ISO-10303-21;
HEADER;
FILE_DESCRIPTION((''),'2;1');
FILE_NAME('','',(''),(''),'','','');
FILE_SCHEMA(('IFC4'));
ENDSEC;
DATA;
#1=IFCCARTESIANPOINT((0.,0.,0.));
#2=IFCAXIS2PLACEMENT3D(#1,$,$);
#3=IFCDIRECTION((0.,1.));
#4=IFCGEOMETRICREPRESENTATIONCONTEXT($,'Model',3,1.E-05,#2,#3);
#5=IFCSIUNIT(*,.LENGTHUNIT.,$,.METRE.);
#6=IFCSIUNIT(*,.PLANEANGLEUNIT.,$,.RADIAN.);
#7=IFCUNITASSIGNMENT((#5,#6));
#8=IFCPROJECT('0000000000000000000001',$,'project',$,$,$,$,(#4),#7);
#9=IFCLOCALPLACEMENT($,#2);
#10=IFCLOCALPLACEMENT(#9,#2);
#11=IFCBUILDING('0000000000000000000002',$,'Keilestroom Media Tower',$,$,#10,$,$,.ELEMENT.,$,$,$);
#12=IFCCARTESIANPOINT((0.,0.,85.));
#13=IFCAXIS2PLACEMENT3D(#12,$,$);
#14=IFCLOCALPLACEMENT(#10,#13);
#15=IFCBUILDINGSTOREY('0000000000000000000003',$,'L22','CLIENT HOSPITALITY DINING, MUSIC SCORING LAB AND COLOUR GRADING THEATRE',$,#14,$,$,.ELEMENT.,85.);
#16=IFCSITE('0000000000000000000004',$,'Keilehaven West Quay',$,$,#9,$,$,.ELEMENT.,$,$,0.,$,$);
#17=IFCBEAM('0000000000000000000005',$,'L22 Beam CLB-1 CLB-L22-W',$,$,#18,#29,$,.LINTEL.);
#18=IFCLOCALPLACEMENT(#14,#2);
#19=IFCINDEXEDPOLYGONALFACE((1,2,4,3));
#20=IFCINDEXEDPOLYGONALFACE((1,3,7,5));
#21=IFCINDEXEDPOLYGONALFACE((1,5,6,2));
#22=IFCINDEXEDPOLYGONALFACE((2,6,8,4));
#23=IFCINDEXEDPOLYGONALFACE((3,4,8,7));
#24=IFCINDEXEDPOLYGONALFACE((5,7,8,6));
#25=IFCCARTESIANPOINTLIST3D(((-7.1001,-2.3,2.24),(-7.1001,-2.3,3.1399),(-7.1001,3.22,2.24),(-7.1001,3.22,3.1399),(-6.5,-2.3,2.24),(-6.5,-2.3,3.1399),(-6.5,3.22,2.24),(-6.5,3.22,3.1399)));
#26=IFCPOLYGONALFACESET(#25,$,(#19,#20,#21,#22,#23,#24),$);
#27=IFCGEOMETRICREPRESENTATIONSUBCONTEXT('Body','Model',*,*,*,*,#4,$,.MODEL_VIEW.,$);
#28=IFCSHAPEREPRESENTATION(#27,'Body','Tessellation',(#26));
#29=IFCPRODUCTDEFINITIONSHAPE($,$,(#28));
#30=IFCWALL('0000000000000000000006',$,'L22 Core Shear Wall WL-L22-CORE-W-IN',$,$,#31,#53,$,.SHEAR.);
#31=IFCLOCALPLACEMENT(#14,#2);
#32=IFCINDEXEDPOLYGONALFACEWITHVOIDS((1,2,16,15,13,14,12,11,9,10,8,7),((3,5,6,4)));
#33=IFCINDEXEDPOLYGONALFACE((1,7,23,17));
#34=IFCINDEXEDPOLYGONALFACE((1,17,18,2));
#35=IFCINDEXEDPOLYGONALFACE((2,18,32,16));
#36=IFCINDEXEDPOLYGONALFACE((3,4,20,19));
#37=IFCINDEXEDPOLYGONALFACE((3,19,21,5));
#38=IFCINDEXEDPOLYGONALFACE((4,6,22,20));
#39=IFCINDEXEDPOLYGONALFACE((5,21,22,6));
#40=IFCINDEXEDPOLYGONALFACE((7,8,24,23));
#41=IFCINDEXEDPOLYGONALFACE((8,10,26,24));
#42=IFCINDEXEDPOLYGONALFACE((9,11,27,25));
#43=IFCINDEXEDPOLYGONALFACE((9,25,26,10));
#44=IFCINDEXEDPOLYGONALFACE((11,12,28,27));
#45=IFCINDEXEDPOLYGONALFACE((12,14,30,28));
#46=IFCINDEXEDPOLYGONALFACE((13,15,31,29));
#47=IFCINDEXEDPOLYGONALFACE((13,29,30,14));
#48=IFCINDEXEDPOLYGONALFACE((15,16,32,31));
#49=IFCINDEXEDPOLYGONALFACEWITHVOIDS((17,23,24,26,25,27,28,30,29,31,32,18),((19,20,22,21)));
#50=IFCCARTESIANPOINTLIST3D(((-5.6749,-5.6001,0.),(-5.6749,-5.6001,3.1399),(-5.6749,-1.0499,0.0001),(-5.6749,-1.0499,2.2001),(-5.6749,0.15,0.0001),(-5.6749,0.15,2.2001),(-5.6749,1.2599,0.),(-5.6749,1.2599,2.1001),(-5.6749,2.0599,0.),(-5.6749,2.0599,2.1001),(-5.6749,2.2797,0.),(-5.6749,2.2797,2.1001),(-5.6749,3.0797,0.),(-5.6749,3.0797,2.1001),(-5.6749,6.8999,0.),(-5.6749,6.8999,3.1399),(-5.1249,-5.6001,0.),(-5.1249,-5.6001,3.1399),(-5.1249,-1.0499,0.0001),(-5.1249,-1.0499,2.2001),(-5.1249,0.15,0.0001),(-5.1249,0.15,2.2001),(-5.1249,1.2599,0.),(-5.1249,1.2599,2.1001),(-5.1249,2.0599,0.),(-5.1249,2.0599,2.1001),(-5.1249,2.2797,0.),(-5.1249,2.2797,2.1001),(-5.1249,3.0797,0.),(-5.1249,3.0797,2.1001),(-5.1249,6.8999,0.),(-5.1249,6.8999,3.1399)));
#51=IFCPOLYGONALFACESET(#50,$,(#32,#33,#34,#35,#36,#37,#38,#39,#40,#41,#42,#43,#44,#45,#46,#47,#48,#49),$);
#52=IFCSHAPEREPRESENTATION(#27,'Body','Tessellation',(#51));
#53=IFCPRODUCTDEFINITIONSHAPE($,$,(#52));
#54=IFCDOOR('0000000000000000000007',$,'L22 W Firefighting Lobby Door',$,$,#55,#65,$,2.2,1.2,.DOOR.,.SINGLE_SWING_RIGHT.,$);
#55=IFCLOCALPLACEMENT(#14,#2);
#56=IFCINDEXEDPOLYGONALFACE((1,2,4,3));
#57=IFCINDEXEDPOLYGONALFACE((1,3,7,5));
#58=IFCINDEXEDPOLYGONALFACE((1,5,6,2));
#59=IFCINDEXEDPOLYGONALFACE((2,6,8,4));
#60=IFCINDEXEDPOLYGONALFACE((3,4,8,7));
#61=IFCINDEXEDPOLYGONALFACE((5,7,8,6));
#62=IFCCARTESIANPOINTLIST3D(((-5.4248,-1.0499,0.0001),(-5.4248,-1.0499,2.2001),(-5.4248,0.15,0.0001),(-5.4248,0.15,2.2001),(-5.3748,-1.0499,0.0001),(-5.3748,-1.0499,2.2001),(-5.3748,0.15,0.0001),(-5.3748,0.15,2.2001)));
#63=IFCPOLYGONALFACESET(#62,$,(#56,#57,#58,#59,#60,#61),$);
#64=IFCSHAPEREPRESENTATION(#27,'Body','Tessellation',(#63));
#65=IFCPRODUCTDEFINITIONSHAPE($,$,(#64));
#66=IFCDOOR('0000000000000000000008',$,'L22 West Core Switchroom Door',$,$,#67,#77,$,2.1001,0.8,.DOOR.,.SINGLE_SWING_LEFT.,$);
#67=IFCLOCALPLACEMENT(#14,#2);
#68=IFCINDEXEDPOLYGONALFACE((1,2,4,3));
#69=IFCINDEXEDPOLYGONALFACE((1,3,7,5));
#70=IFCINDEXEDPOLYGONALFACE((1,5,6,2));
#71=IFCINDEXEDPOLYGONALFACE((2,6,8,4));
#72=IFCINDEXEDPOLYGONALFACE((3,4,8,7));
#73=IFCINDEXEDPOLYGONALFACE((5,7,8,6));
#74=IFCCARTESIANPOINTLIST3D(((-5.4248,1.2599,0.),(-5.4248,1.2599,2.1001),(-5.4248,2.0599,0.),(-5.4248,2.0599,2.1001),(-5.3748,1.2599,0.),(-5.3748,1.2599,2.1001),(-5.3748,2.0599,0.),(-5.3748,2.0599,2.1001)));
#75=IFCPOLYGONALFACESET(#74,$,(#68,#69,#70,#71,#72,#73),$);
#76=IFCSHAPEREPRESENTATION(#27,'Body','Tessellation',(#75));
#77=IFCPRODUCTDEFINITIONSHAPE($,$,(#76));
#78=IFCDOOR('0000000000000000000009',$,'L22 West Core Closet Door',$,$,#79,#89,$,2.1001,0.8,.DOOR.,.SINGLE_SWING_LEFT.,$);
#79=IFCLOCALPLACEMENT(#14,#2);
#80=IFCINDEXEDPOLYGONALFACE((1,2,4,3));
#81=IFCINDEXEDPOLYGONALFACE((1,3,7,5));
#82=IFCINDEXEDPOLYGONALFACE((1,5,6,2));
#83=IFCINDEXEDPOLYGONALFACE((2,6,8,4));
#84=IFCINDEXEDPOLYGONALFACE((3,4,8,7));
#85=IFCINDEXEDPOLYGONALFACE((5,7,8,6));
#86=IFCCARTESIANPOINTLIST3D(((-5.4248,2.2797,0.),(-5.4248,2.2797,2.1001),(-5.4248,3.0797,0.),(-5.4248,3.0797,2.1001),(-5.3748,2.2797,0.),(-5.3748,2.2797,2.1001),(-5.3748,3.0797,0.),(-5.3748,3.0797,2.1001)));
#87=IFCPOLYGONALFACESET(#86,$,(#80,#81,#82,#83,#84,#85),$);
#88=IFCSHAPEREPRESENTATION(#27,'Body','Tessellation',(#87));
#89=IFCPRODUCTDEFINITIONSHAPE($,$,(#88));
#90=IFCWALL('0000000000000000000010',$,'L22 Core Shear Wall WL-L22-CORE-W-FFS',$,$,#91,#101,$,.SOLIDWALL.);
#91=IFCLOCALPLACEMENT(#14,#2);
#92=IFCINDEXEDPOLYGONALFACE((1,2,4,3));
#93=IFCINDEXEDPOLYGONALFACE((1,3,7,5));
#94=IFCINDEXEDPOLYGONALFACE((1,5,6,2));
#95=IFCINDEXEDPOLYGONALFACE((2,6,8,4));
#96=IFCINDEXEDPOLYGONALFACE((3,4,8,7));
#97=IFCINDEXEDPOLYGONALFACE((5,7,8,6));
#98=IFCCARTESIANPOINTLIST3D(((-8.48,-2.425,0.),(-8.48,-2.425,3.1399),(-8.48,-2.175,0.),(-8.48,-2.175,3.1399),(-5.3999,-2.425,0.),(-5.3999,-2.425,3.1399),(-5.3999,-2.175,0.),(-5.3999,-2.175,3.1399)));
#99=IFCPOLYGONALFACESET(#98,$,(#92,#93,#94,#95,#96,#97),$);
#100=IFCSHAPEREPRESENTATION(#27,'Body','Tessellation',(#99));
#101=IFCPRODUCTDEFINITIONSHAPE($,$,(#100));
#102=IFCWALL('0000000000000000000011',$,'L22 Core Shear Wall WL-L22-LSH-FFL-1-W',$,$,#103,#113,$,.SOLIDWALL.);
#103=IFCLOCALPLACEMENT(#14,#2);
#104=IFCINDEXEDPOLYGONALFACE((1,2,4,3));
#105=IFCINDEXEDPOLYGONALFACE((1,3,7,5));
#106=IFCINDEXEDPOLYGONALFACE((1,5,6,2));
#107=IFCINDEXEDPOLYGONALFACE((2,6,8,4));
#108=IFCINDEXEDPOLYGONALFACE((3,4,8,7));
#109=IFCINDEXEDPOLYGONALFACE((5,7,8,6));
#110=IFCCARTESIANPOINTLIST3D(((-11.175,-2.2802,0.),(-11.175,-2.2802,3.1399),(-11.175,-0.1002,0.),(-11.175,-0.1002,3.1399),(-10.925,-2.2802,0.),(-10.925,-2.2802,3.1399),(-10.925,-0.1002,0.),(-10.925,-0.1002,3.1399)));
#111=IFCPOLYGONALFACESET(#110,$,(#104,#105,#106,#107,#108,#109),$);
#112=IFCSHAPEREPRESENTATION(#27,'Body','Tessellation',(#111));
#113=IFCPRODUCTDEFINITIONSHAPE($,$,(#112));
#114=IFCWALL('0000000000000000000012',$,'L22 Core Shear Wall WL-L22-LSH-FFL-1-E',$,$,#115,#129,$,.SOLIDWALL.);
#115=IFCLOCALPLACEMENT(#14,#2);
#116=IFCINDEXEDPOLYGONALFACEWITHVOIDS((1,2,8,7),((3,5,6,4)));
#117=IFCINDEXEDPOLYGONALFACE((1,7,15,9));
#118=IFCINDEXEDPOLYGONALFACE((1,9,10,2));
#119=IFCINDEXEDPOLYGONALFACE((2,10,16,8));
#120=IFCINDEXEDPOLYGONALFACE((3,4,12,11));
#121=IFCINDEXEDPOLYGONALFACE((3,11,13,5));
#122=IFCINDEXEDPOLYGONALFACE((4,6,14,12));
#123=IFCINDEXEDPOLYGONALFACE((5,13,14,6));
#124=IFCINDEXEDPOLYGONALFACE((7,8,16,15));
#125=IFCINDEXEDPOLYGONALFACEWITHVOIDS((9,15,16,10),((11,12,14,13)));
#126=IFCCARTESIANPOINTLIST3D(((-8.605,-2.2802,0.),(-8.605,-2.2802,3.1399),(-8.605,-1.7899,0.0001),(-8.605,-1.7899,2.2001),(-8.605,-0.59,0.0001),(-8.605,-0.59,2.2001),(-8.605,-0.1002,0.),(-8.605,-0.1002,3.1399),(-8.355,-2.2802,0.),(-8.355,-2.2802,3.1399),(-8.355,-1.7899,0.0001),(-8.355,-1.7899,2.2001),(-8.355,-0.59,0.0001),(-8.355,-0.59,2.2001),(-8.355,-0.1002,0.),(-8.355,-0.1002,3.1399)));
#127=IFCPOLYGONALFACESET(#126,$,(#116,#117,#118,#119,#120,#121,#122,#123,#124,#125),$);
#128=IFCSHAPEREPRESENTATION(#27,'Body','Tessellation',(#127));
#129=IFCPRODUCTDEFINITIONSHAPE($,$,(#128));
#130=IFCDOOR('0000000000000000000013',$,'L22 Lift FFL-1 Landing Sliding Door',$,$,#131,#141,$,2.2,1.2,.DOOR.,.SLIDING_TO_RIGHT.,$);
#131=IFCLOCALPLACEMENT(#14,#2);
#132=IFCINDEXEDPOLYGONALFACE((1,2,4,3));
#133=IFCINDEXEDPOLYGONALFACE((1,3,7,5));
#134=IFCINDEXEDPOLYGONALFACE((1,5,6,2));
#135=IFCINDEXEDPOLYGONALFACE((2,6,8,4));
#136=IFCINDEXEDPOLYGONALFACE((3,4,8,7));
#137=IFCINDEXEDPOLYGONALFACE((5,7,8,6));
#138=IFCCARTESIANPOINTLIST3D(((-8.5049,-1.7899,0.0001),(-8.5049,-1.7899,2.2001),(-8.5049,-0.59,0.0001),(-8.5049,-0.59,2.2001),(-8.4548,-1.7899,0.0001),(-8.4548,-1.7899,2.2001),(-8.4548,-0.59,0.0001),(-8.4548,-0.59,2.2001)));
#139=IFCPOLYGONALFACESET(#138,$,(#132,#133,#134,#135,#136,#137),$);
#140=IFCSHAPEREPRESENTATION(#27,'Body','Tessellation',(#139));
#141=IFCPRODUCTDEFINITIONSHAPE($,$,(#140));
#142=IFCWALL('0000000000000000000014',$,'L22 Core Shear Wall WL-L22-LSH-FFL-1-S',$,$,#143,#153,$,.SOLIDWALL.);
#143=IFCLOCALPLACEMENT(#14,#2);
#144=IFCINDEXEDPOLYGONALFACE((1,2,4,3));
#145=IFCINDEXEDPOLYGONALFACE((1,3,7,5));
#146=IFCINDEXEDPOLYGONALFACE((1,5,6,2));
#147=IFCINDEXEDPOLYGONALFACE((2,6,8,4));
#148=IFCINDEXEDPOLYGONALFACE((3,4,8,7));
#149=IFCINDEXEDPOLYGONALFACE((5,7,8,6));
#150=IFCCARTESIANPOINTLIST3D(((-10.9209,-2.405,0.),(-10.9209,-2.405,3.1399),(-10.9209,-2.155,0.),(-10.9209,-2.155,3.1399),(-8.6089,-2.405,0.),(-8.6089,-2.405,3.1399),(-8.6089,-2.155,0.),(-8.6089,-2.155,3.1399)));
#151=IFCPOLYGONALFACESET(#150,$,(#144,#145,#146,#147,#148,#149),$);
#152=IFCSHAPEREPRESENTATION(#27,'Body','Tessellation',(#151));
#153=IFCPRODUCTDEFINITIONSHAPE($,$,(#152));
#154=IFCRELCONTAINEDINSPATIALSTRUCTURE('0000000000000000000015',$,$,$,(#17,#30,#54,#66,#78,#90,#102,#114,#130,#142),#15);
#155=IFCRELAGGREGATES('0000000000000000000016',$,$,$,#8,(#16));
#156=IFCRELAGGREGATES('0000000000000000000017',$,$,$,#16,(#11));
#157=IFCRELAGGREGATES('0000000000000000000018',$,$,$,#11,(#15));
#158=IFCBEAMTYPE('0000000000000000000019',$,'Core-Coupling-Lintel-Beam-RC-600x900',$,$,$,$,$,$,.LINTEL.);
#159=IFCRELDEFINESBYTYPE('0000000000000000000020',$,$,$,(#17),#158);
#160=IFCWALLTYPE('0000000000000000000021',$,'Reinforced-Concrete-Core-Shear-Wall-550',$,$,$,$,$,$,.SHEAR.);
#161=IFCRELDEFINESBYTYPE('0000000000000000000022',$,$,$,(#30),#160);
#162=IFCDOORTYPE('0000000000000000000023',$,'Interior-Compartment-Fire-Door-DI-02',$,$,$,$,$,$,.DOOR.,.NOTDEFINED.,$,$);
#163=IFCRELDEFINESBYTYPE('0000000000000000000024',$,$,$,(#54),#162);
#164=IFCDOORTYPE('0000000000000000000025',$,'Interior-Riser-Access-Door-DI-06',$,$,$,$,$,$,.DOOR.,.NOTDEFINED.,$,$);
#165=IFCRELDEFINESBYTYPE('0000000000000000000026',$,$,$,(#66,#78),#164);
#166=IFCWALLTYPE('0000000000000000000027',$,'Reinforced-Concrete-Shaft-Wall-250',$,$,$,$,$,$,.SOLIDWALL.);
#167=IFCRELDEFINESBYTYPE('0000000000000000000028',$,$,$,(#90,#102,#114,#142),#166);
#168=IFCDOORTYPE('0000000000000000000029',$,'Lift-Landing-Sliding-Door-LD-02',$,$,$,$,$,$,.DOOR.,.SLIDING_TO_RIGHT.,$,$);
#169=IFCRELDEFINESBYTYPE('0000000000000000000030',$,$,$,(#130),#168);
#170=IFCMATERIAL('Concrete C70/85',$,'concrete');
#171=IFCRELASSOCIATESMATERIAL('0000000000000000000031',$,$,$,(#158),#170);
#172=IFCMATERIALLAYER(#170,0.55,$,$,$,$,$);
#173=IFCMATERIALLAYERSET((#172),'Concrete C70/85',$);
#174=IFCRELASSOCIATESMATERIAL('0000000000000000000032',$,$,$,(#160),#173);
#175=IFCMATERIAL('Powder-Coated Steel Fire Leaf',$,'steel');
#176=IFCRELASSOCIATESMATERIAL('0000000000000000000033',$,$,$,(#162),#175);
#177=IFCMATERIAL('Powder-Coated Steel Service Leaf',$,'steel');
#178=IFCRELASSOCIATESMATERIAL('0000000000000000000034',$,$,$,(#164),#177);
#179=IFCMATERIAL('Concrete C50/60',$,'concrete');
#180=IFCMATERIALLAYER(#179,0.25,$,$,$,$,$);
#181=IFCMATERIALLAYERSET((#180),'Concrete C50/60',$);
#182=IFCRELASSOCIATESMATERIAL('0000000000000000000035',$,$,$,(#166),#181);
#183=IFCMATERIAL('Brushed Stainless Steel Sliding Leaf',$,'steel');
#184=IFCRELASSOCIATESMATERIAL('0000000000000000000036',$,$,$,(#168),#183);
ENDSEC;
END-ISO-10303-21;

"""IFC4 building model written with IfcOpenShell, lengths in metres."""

from ifc_helpers import new_model, si_unit, direction, frame, frame_2d, origin, origin_2d, place, context, subcontext, project, spatial, rectangle, extrude, source, transform, mapped, material, layer, layer_set, material_profile, profile_set, type_object, element, fill, save


model = new_model("IFC4")

# Units and contexts
model_context = context("Model", 3, precision=1e-05, world=origin(), true_north=direction((0.0, 1.0)))
body_context = subcontext(model_context, "Body", "Model", "MODEL_VIEW")
ifc_project = project(units=[si_unit("LENGTHUNIT", "METRE"), si_unit("PLANEANGLEUNIT", "RADIAN")], contexts=[model_context])

# Site, building, storey
site_placement = place(None, origin())
site = spatial("IfcSite", under=ifc_project, at=site_placement, Name="Keilehaven West Quay", CompositionType="ELEMENT", RefElevation=0.0)
building_placement = place(site_placement, origin())
building = spatial("IfcBuilding", under=site, at=building_placement, Name="Keilestroom Media Tower", CompositionType="ELEMENT")
storey_placement = place(building_placement, frame((0.0, 0.0, 85.0)))
storey = spatial("IfcBuildingStorey", under=building, at=storey_placement, Name="L22", Description="CLIENT HOSPITALITY DINING, MUSIC SCORING LAB AND COLOUR GRADING THEATRE", CompositionType="ELEMENT", Elevation=85.0)

# Beam
ifc_material_1 = material(Name="Concrete C70/85", Category="concrete")
ifc_material_profile = material_profile(ifc_material_1, rectangle(XDim=0.6001, YDim=0.8999, at=origin_2d()), Name="RC 600x900")
ifc_profile_set = profile_set([ifc_material_profile], Name="Concrete C70/85")
beam_type = type_object("IfcBeamType", Name="Core-Coupling-Lintel-Beam-RC-600x900", PredefinedType="LINTEL", material=ifc_profile_set)
shared_shape_1 = source(origin(), body_context, "Body", "SweptSolid", [
    extrude(rectangle(XDim=0.6001, YDim=0.8999, at=origin_2d()), origin(), (0.0, 0.0, 1.0), 5.52),
])
beam_placement = place(storey_placement, frame((-6.8, -2.3, 2.6899), z_axis=(0.0, 1.0, 0.0), x_axis=(-1.0, 0.0, 0.0)))
element("IfcBeam", 1, at=beam_placement, inside=storey, type_object=beam_type, Name="L22 Beam CLB-1 CLB-L22-W", PredefinedType="LINTEL", context=body_context, shape_type="MappedRepresentation", body=[
    mapped(shared_shape_1, transform((0.0, 0.0, 0.0), x_axis=(1.0, 0.0, 0.0), y_axis=(0.0, 1.0, 0.0), z_axis=(0.0, 0.0, 1.0), scale=1.0)),
])

# Wall, openings, doors
ifc_layer_1 = layer(ifc_material_1, 0.55)
ifc_layer_set_1 = layer_set([ifc_layer_1], Name="Concrete C70/85")
wall_type_1 = type_object("IfcWallType", Name="Reinforced-Concrete-Core-Shear-Wall-550", PredefinedType="SHEAR", material=ifc_layer_set_1)
wall_1_placement = place(storey_placement, frame((-5.3999, -5.6001, 0.0), z_axis=(0.0, 0.0, 1.0), x_axis=(0.0, 1.0, 0.0)))
wall_1 = element("IfcWall", 2, at=wall_1_placement, inside=storey, type_object=wall_type_1, Name="L22 Core Shear Wall WL-L22-CORE-W-IN", PredefinedType="SHEAR", context=body_context, shape_type="SweptSolid", body=[
    extrude(rectangle(XDim=12.5, YDim=0.55, at=frame_2d((6.25, 0.0))), origin(), (0.0, 0.0, 1.0), 3.1399),
])
opening_1_placement = place(wall_1_placement, frame((4.55, 0.0, 0.0)))
opening_1 = element("IfcOpeningElement", 3, at=opening_1_placement, cuts=wall_1, PredefinedType="OPENING", context=body_context, shape_type="SweptSolid", body=[
    extrude(rectangle(XDim=1.2, YDim=2.2, at=frame_2d((0.6001, 1.1001))), frame((0.0, 0.2852, 0.0), z_axis=(0.0, -1.0, 0.0), x_axis=(1.0, 0.0, 0.0)), (0.0, 0.0, 1.0), 0.5701),
])
opening_2_placement = place(wall_1_placement, frame((6.8601, 0.0, 0.0)))
opening_2 = element("IfcOpeningElement", 4, at=opening_2_placement, cuts=wall_1, PredefinedType="OPENING", context=body_context, shape_type="SweptSolid", body=[
    extrude(rectangle(XDim=0.8, YDim=2.1001, at=frame_2d((0.3999, 1.05))), frame((0.0, 0.2852, 0.0), z_axis=(0.0, -1.0, 0.0), x_axis=(1.0, 0.0, 0.0)), (0.0, 0.0, 1.0), 0.5701),
])
opening_3_placement = place(wall_1_placement, frame((7.8799, 0.0, 0.0)))
opening_3 = element("IfcOpeningElement", 5, at=opening_3_placement, cuts=wall_1, PredefinedType="OPENING", context=body_context, shape_type="SweptSolid", body=[
    extrude(rectangle(XDim=0.8, YDim=2.1001, at=frame_2d((0.3999, 1.05))), frame((0.0, 0.2852, 0.0), z_axis=(0.0, -1.0, 0.0), x_axis=(1.0, 0.0, 0.0)), (0.0, 0.0, 1.0), 0.5701),
])
ifc_material_2 = material(Name="Powder-Coated Steel Fire Leaf", Category="steel")
door_type_1 = type_object("IfcDoorType", Name="Interior-Compartment-Fire-Door-DI-02", OperationType="NOTDEFINED", PredefinedType="DOOR", material=ifc_material_2)
shared_shape_2 = source(origin(), body_context, "Body", "SweptSolid", [
    extrude(rectangle(XDim=1.2, YDim=2.2, at=frame_2d((0.6001, 1.1001))), frame((0.0, 0.0249, 0.0), z_axis=(0.0, -1.0, 0.0), x_axis=(1.0, 0.0, 0.0)), (0.0, 0.0, 1.0), 0.05),
])
door_1_placement = place(opening_1_placement, origin())
door_1 = element("IfcDoor", 6, at=door_1_placement, inside=storey, type_object=door_type_1, Name="L22 W Firefighting Lobby Door", OperationType="SINGLE_SWING_RIGHT", OverallHeight=2.2, OverallWidth=1.2, PredefinedType="DOOR", context=body_context, shape_type="MappedRepresentation", body=[
    mapped(shared_shape_2, transform((0.0, 0.0, 0.0), x_axis=(1.0, 0.0, 0.0), y_axis=(0.0, 1.0, 0.0), z_axis=(0.0, 0.0, 1.0), scale=1.0)),
])
fill(opening_1, door_1)
ifc_material_3 = material(Name="Powder-Coated Steel Service Leaf", Category="steel")
door_type_2 = type_object("IfcDoorType", Name="Interior-Riser-Access-Door-DI-06", OperationType="NOTDEFINED", PredefinedType="DOOR", material=ifc_material_3)
shared_shape_3 = source(origin(), body_context, "Body", "SweptSolid", [
    extrude(rectangle(XDim=0.8, YDim=2.1001, at=frame_2d((0.3999, 1.05))), frame((0.0, 0.0249, 0.0), z_axis=(0.0, -1.0, 0.0), x_axis=(1.0, 0.0, 0.0)), (0.0, 0.0, 1.0), 0.05),
])
door_2_placement = place(opening_2_placement, origin())
door_2 = element("IfcDoor", 7, at=door_2_placement, inside=storey, type_object=door_type_2, Name="L22 West Core Switchroom Door", OperationType="SINGLE_SWING_LEFT", OverallHeight=2.1001, OverallWidth=0.8, PredefinedType="DOOR", context=body_context, shape_type="MappedRepresentation", body=[
    mapped(shared_shape_3, transform((0.0, 0.0, 0.0), x_axis=(1.0, 0.0, 0.0), y_axis=(0.0, 1.0, 0.0), z_axis=(0.0, 0.0, 1.0), scale=1.0)),
])
fill(opening_2, door_2)
door_3_placement = place(opening_3_placement, origin())
door_3 = element("IfcDoor", 8, at=door_3_placement, inside=storey, type_object=door_type_2, Name="L22 West Core Closet Door", OperationType="SINGLE_SWING_LEFT", OverallHeight=2.1001, OverallWidth=0.8, PredefinedType="DOOR", context=body_context, shape_type="MappedRepresentation", body=[
    mapped(shared_shape_3, transform((0.0, 0.0, 0.0), x_axis=(1.0, 0.0, 0.0), y_axis=(0.0, 1.0, 0.0), z_axis=(0.0, 0.0, 1.0), scale=1.0)),
])
fill(opening_3, door_3)

# Walls
ifc_material_4 = material(Name="Concrete C50/60", Category="concrete")
ifc_layer_2 = layer(ifc_material_4, 0.25)
ifc_layer_set_2 = layer_set([ifc_layer_2], Name="Concrete C50/60")
wall_type_2 = type_object("IfcWallType", Name="Reinforced-Concrete-Shaft-Wall-250", PredefinedType="SOLIDWALL", material=ifc_layer_set_2)
wall_2_placement = place(storey_placement, frame((-8.48, -2.3, 0.0), z_axis=(0.0, 0.0, 1.0), x_axis=(1.0, 0.0, 0.0)))
element("IfcWall", 9, at=wall_2_placement, inside=storey, type_object=wall_type_2, Name="L22 Core Shear Wall WL-L22-CORE-W-FFS", PredefinedType="SOLIDWALL", context=body_context, shape_type="SweptSolid", body=[
    extrude(rectangle(XDim=3.0801, YDim=0.25, at=frame_2d((1.54, 0.0))), origin(), (0.0, 0.0, 1.0), 3.1399),
])
wall_3_placement = place(storey_placement, frame((-11.05, -2.28, 0.0), z_axis=(0.0, 0.0, 1.0), x_axis=(0.0, 1.0, 0.0)))
element("IfcWall", 10, at=wall_3_placement, inside=storey, type_object=wall_type_2, Name="L22 Core Shear Wall WL-L22-LSH-FFL-1-W", PredefinedType="SOLIDWALL", context=body_context, shape_type="SweptSolid", body=[
    extrude(rectangle(XDim=2.1799, YDim=0.25, at=frame_2d((1.0898, 0.0))), origin(), (0.0, 0.0, 1.0), 3.1399),
])

# Wall, opening, door
wall_4_placement = place(storey_placement, frame((-8.48, -2.28, 0.0), z_axis=(0.0, 0.0, 1.0), x_axis=(0.0, 1.0, 0.0)))
wall_4 = element("IfcWall", 11, at=wall_4_placement, inside=storey, type_object=wall_type_2, Name="L22 Core Shear Wall WL-L22-LSH-FFL-1-E", PredefinedType="SOLIDWALL", context=body_context, shape_type="SweptSolid", body=[
    extrude(rectangle(XDim=2.1799, YDim=0.25, at=frame_2d((1.0898, 0.0))), origin(), (0.0, 0.0, 1.0), 3.1399),
])
opening_4_placement = place(wall_4_placement, frame((0.49, 0.0, 0.0)))
opening_4 = element("IfcOpeningElement", 12, at=opening_4_placement, cuts=wall_4, PredefinedType="OPENING", context=body_context, shape_type="SweptSolid", body=[
    extrude(rectangle(XDim=1.2, YDim=2.2, at=frame_2d((0.6001, 1.1001))), frame((0.0, 0.135, 0.0), z_axis=(0.0, -1.0, 0.0), x_axis=(1.0, 0.0, 0.0)), (0.0, 0.0, 1.0), 0.27),
])
ifc_material_5 = material(Name="Brushed Stainless Steel Sliding Leaf", Category="steel")
door_type_3 = type_object("IfcDoorType", Name="Lift-Landing-Sliding-Door-LD-02", OperationType="SLIDING_TO_RIGHT", PredefinedType="DOOR", material=ifc_material_5)
door_4_placement = place(opening_4_placement, origin())
door_4 = element("IfcDoor", 13, at=door_4_placement, inside=storey, type_object=door_type_3, Name="L22 Lift FFL-1 Landing Sliding Door", OperationType="SLIDING_TO_RIGHT", OverallHeight=2.2, OverallWidth=1.2, PredefinedType="DOOR", context=body_context, shape_type="MappedRepresentation", body=[
    mapped(shared_shape_2, transform((0.0, 0.0, 0.0), x_axis=(1.0, 0.0, 0.0), y_axis=(0.0, 1.0, 0.0), z_axis=(0.0, 0.0, 1.0), scale=1.0)),
])
fill(opening_4, door_4)

# Wall
wall_5_placement = place(storey_placement, frame((-10.9209, -2.28, 0.0), z_axis=(0.0, 0.0, 1.0), x_axis=(1.0, 0.0, 0.0)))
element("IfcWall", 14, at=wall_5_placement, inside=storey, type_object=wall_type_2, Name="L22 Core Shear Wall WL-L22-LSH-FFL-1-S", PredefinedType="SOLIDWALL", context=body_context, shape_type="SweptSolid", body=[
    extrude(rectangle(XDim=2.312, YDim=0.25, at=frame_2d((1.156, 0.0))), origin(), (0.0, 0.0, 1.0), 3.1399),
])

save(model, "model.ifc")
